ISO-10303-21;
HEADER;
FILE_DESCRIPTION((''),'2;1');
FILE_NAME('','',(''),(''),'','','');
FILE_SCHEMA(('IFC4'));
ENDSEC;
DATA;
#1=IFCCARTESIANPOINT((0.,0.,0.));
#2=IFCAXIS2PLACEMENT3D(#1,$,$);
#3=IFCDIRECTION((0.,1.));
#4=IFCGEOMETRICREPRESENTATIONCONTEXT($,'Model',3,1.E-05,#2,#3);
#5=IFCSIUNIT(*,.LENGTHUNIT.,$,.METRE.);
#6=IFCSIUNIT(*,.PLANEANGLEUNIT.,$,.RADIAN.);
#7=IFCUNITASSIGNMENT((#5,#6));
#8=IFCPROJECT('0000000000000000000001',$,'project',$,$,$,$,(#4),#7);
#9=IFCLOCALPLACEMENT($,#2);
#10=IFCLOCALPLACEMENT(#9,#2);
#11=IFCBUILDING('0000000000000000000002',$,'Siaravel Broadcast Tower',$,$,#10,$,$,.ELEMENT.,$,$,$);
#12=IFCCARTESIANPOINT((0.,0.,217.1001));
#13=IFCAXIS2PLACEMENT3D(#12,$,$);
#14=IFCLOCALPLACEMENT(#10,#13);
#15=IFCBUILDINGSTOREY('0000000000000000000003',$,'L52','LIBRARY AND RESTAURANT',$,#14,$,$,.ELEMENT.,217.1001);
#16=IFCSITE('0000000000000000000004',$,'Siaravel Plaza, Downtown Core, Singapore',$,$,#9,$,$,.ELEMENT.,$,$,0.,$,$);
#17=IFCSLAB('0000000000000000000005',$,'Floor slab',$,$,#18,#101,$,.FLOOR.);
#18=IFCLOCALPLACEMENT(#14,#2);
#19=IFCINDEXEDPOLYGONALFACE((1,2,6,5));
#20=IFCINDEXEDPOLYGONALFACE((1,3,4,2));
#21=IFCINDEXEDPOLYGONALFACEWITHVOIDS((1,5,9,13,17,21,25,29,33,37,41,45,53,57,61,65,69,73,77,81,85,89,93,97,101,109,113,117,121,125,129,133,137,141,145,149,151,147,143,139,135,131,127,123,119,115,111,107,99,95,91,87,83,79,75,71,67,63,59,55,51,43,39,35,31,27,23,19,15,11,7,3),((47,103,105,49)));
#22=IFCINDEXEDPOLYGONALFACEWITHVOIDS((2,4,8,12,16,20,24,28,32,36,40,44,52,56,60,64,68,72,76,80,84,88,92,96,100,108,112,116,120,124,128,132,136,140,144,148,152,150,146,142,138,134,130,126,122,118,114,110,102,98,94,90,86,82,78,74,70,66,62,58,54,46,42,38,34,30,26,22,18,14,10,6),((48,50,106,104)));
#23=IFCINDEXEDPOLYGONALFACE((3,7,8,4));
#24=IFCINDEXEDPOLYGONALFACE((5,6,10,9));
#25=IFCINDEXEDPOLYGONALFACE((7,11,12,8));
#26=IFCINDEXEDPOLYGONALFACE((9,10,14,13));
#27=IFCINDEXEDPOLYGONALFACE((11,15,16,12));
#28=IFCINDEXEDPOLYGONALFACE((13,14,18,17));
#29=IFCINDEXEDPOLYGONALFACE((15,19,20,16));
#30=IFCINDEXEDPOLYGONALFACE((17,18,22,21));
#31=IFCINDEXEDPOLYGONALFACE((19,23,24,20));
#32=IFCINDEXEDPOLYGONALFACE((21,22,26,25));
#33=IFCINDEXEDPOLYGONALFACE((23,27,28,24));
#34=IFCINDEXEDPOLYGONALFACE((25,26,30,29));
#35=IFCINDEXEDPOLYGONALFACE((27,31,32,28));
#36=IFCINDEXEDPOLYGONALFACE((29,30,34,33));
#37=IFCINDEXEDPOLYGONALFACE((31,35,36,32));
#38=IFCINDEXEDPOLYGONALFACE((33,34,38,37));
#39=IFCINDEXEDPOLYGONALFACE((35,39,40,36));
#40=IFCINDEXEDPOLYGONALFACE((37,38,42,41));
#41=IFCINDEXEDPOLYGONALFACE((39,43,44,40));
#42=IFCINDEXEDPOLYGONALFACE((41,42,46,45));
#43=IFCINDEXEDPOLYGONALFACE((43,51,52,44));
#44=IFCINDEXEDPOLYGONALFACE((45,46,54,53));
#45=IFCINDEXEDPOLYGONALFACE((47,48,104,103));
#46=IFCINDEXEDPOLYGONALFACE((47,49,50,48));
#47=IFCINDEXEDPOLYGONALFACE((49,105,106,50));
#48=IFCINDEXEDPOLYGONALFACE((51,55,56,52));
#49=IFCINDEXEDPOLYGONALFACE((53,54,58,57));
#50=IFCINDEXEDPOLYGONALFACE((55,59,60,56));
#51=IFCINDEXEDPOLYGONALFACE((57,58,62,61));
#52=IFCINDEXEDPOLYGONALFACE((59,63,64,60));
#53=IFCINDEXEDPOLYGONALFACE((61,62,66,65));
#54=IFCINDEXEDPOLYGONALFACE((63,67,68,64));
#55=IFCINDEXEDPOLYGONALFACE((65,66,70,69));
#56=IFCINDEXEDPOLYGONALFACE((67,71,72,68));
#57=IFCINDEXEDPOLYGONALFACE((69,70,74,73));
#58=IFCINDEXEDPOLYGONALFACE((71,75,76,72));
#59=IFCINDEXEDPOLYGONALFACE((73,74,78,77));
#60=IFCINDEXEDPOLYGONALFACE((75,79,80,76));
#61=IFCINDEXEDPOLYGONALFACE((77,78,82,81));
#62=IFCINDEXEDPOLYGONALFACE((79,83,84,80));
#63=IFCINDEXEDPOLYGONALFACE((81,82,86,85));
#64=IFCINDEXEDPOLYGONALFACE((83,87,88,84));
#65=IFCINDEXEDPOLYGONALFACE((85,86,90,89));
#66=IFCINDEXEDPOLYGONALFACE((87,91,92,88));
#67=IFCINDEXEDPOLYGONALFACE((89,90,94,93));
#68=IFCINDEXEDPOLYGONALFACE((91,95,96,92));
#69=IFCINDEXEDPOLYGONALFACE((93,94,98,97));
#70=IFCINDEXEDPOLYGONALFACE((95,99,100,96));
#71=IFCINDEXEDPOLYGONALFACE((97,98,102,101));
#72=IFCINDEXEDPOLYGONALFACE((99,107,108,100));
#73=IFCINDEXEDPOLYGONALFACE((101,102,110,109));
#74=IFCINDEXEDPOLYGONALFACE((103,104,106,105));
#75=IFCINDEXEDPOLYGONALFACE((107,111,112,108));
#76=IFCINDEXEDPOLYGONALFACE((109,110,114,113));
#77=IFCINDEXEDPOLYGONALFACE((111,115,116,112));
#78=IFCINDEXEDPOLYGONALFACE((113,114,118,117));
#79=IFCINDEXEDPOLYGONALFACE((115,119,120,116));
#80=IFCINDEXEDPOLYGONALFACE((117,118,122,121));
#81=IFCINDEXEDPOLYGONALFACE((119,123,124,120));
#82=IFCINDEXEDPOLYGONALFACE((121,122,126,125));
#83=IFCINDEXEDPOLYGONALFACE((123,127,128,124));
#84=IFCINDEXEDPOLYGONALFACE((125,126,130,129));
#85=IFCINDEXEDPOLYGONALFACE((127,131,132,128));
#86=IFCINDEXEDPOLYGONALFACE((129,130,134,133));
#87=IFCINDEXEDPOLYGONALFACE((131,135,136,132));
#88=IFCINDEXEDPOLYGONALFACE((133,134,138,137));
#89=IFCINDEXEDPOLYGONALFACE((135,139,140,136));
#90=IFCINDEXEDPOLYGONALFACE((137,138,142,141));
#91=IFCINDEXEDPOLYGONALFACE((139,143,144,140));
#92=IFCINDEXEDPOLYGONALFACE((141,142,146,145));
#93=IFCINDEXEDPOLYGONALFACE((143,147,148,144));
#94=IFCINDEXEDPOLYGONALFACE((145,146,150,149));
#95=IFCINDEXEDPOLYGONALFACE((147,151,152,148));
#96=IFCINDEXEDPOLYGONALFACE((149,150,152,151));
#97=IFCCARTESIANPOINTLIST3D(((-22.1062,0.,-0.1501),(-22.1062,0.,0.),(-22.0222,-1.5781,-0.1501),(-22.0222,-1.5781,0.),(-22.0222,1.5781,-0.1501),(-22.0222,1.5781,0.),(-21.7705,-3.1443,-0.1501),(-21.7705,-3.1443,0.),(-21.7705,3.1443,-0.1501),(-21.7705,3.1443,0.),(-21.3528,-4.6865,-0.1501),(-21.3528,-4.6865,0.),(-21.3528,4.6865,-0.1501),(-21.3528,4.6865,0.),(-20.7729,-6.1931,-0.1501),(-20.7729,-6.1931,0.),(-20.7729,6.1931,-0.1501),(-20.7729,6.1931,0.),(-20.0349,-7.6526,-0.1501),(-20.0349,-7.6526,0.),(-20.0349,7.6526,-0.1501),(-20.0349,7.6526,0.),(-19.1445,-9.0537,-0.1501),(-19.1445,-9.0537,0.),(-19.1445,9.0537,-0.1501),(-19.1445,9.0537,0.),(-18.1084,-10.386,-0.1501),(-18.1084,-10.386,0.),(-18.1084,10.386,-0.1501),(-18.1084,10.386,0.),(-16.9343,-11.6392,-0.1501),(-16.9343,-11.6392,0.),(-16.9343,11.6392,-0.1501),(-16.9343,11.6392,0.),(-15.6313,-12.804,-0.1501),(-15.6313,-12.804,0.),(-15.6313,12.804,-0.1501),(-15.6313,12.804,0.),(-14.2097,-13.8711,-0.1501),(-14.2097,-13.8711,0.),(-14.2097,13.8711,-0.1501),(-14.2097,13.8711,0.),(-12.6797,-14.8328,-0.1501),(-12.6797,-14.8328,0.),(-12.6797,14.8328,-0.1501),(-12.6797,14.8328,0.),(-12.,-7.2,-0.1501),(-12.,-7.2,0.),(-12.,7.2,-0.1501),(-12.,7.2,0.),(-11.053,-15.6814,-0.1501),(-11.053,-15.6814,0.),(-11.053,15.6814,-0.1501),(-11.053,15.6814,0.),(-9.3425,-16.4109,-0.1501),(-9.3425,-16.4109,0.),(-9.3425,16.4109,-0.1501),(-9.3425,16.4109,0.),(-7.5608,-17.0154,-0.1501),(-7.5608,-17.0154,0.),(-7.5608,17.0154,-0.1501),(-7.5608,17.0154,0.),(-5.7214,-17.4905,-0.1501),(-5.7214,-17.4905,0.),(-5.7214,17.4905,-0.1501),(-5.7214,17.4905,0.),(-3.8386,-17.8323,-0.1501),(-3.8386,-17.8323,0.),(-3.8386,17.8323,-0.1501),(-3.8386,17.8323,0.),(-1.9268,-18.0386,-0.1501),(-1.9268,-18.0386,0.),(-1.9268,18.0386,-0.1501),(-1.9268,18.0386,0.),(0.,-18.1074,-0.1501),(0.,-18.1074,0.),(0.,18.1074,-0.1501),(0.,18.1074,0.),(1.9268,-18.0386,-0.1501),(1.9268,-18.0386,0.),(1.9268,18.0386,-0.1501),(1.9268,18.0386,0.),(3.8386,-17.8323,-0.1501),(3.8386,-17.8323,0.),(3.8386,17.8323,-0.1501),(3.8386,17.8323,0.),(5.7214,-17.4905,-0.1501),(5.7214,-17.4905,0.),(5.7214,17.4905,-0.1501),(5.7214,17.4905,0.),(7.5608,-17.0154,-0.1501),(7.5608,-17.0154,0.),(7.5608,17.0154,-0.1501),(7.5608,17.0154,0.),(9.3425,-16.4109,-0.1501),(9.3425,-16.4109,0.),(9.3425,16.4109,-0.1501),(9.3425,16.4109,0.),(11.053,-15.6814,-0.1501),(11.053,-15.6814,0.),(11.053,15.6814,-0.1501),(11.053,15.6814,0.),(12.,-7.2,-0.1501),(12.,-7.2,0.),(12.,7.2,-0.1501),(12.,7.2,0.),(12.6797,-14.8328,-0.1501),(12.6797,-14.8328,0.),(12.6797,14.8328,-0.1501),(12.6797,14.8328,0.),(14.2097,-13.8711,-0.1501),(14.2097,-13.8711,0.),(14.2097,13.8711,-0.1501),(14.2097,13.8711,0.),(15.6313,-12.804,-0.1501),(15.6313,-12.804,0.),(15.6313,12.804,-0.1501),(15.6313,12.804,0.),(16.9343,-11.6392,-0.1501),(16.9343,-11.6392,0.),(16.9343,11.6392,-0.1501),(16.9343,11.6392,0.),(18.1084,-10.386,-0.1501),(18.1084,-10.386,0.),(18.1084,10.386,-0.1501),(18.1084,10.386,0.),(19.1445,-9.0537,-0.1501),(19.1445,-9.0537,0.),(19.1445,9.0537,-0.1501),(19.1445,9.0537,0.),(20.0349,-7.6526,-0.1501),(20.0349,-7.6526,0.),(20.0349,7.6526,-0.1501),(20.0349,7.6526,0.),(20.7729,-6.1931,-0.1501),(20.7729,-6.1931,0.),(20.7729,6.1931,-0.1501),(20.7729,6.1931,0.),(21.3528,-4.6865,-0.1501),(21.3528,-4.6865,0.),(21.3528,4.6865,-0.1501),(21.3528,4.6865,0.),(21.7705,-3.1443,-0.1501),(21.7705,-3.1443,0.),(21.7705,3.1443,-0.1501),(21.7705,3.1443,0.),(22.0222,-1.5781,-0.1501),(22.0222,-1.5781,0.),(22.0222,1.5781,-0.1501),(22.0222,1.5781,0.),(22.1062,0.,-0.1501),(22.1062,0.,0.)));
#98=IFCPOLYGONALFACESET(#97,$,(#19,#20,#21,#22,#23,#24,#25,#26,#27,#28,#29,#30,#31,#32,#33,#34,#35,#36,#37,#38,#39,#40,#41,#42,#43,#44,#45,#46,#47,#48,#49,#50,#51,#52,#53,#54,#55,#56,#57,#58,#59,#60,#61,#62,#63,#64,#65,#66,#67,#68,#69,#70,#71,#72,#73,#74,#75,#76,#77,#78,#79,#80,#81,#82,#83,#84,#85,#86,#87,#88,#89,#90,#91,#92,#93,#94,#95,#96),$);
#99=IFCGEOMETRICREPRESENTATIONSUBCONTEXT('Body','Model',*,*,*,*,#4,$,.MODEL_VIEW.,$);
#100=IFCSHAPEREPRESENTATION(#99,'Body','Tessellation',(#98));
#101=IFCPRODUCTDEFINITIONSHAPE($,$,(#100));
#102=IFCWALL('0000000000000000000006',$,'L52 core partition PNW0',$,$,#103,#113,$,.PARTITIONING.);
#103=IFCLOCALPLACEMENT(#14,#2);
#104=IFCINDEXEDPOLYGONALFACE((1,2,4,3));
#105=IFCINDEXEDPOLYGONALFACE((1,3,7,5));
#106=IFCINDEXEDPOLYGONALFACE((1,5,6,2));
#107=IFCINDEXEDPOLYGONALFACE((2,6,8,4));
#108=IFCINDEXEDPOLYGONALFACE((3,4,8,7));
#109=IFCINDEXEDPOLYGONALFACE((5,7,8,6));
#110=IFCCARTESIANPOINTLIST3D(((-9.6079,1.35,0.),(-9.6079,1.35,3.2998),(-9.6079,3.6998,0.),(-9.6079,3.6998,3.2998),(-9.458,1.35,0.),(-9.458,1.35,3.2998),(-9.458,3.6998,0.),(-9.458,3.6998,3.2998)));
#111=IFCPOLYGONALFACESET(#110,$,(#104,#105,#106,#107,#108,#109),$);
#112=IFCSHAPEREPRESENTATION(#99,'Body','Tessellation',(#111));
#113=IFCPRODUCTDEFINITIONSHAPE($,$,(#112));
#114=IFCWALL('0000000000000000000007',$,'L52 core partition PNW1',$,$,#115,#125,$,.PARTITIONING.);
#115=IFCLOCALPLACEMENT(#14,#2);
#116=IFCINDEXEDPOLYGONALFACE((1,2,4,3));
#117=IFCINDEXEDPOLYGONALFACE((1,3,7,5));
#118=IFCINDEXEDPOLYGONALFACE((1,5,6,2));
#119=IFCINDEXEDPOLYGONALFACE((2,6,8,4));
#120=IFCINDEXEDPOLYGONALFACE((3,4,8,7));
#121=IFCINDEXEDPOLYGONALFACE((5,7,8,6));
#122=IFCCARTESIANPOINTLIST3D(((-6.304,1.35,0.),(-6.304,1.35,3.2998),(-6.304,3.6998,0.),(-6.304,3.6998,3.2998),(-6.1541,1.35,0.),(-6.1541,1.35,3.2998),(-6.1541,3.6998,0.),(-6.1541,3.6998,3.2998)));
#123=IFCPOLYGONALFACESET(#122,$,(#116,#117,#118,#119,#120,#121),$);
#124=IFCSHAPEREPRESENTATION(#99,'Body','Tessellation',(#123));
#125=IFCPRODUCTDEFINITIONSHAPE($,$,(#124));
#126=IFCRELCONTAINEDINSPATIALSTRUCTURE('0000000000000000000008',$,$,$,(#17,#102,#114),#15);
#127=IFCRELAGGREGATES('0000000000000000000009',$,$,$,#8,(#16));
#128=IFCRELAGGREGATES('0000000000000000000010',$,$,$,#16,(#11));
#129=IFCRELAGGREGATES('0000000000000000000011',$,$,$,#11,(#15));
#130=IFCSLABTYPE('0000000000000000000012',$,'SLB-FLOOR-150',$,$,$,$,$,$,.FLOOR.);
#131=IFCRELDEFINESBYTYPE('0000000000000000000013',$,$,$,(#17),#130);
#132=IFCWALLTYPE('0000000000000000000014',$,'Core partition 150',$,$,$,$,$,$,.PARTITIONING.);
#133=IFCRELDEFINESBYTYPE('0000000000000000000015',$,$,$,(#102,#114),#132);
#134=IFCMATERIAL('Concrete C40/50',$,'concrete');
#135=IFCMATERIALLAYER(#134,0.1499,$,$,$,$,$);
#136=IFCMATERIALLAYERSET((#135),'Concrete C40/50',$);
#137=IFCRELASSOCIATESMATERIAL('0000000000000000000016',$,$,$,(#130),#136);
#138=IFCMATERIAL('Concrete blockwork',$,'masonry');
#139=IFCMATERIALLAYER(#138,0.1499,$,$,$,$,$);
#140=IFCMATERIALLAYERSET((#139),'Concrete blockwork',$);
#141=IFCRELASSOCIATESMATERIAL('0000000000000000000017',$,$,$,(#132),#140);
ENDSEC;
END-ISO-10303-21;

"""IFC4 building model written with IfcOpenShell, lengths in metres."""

from ifc_helpers import new_model, si_unit, direction, frame, frame_2d, origin, place, context, subcontext, project, spatial, polyline, rectangle, outline, extrude, material, layer, layer_set, type_object, element, save


model = new_model("IFC4")

# Units and contexts
model_context = context("Model", 3, precision=1e-05, world=origin(), true_north=direction((0.0, 1.0)))
body_context = subcontext(model_context, "Body", "Model", "MODEL_VIEW")
ifc_project = project(units=[si_unit("LENGTHUNIT", "METRE"), si_unit("PLANEANGLEUNIT", "RADIAN")], contexts=[model_context])

# Site, building, storey
site_placement = place(None, origin())
site = spatial("IfcSite", under=ifc_project, at=site_placement, Name="Siaravel Plaza, Downtown Core, Singapore", CompositionType="ELEMENT", RefElevation=0.0)
building_placement = place(site_placement, origin())
building = spatial("IfcBuilding", under=site, at=building_placement, Name="Siaravel Broadcast Tower", CompositionType="ELEMENT")
storey_placement = place(building_placement, frame((0.0, 0.0, 217.1001)))
storey = spatial("IfcBuildingStorey", under=building, at=storey_placement, Name="L52", Description="LIBRARY AND RESTAURANT", CompositionType="ELEMENT", Elevation=217.1001)

# Slab
ifc_material_1 = material(Name="Concrete C40/50", Category="concrete")
ifc_layer_1 = layer(ifc_material_1, 0.1499)
ifc_layer_set_1 = layer_set([ifc_layer_1], Name="Concrete C40/50")
slab_type = type_object("IfcSlabType", Name="SLB-FLOOR-150", PredefinedType="FLOOR", material=ifc_layer_set_1)
slab_placement = place(storey_placement, frame((0.0, 0.0, -0.1501)))
element("IfcSlab", 1, at=slab_placement, inside=storey, type_object=slab_type, Name="Floor slab", PredefinedType="FLOOR", context=body_context, shape_type="SweptSolid", body=[
    extrude(outline(polyline([(22.1062, 0.0), (22.0222, 1.5781), (21.7705, 3.1443), (21.3528, 4.6865), (20.7729, 6.1931), (20.0349, 7.6526), (19.1445, 9.0537), (18.1084, 10.386), (16.9343, 11.6392), (15.6313, 12.804), (14.2097, 13.8711), (12.6797, 14.8328), (11.053, 15.6814), (9.3425, 16.4109), (7.5608, 17.0154), (5.7214, 17.4905), (3.8386, 17.8323), (1.9268, 18.0386), (0.0, 18.1074), (-1.9268, 18.0386), (-3.8386, 17.8323), (-5.7214, 17.4905), (-7.5608, 17.0154), (-9.3425, 16.4109), (-11.053, 15.6814), (-12.6797, 14.8328), (-14.2097, 13.8711), (-15.6313, 12.804), (-16.9343, 11.6392), (-18.1084, 10.386), (-19.1445, 9.0537), (-20.0349, 7.6526), (-20.7729, 6.1931), (-21.3528, 4.6865), (-21.7705, 3.1443), (-22.0222, 1.5781), (-22.1062, 0.0), (-22.0222, -1.5781), (-21.7705, -3.1443), (-21.3528, -4.6865), (-20.7729, -6.1931), (-20.0349, -7.6526), (-19.1445, -9.0537), (-18.1084, -10.386), (-16.9343, -11.6392), (-15.6313, -12.804), (-14.2097, -13.8711), (-12.6797, -14.8328), (-11.053, -15.6814), (-9.3425, -16.4109), (-7.5608, -17.0154), (-5.7214, -17.4905), (-3.8386, -17.8323), (-1.9268, -18.0386), (0.0, -18.1074), (1.9268, -18.0386), (3.8386, -17.8323), (5.7214, -17.4905), (7.5608, -17.0154), (9.3425, -16.4109), (11.053, -15.6814), (12.6797, -14.8328), (14.2097, -13.8711), (15.6313, -12.804), (16.9343, -11.6392), (18.1084, -10.386), (19.1445, -9.0537), (20.0349, -7.6526), (20.7729, -6.1931), (21.3528, -4.6865), (21.7705, -3.1443), (22.0222, -1.5781), (22.1062, 0.0)]), holes=[polyline([(-12.0, 7.2), (12.0, 7.2), (12.0, -7.2), (-12.0, -7.2), (-12.0, 7.2)])]), origin(), (0.0, 0.0, 1.0), 0.1501),
])

# Walls
ifc_material_2 = material(Name="Concrete blockwork", Category="masonry")
ifc_layer_2 = layer(ifc_material_2, 0.1499)
ifc_layer_set_2 = layer_set([ifc_layer_2], Name="Concrete blockwork")
wall_type_1 = type_object("IfcWallType", Name="Core partition 150", PredefinedType="PARTITIONING", material=ifc_layer_set_2)
for number, where, z_axis, x_axis, name in (
    (2, (-9.533, 1.3501, 0.0), (0.0, 0.0, 1.0), (0.0, 1.0, 0.0), "L52 core partition PNW0"),
    (3, (-6.229, 1.3501, 0.0), (0.0, 0.0, 1.0), (0.0, 1.0, 0.0), "L52 core partition PNW1"),
):
    element("IfcWall", number, at=place(storey_placement, frame(where, z_axis=z_axis, x_axis=x_axis)), inside=storey, type_object=wall_type_1, Name=name, PredefinedType="PARTITIONING", context=body_context, shape_type="SweptSolid", body=[
        extrude(rectangle(XDim=2.3499, YDim=0.1499, at=frame_2d((1.1748, 0.0))), origin(), (0.0, 0.0, 1.0), 3.2998),
    ])

save(model, "model.ifc")
